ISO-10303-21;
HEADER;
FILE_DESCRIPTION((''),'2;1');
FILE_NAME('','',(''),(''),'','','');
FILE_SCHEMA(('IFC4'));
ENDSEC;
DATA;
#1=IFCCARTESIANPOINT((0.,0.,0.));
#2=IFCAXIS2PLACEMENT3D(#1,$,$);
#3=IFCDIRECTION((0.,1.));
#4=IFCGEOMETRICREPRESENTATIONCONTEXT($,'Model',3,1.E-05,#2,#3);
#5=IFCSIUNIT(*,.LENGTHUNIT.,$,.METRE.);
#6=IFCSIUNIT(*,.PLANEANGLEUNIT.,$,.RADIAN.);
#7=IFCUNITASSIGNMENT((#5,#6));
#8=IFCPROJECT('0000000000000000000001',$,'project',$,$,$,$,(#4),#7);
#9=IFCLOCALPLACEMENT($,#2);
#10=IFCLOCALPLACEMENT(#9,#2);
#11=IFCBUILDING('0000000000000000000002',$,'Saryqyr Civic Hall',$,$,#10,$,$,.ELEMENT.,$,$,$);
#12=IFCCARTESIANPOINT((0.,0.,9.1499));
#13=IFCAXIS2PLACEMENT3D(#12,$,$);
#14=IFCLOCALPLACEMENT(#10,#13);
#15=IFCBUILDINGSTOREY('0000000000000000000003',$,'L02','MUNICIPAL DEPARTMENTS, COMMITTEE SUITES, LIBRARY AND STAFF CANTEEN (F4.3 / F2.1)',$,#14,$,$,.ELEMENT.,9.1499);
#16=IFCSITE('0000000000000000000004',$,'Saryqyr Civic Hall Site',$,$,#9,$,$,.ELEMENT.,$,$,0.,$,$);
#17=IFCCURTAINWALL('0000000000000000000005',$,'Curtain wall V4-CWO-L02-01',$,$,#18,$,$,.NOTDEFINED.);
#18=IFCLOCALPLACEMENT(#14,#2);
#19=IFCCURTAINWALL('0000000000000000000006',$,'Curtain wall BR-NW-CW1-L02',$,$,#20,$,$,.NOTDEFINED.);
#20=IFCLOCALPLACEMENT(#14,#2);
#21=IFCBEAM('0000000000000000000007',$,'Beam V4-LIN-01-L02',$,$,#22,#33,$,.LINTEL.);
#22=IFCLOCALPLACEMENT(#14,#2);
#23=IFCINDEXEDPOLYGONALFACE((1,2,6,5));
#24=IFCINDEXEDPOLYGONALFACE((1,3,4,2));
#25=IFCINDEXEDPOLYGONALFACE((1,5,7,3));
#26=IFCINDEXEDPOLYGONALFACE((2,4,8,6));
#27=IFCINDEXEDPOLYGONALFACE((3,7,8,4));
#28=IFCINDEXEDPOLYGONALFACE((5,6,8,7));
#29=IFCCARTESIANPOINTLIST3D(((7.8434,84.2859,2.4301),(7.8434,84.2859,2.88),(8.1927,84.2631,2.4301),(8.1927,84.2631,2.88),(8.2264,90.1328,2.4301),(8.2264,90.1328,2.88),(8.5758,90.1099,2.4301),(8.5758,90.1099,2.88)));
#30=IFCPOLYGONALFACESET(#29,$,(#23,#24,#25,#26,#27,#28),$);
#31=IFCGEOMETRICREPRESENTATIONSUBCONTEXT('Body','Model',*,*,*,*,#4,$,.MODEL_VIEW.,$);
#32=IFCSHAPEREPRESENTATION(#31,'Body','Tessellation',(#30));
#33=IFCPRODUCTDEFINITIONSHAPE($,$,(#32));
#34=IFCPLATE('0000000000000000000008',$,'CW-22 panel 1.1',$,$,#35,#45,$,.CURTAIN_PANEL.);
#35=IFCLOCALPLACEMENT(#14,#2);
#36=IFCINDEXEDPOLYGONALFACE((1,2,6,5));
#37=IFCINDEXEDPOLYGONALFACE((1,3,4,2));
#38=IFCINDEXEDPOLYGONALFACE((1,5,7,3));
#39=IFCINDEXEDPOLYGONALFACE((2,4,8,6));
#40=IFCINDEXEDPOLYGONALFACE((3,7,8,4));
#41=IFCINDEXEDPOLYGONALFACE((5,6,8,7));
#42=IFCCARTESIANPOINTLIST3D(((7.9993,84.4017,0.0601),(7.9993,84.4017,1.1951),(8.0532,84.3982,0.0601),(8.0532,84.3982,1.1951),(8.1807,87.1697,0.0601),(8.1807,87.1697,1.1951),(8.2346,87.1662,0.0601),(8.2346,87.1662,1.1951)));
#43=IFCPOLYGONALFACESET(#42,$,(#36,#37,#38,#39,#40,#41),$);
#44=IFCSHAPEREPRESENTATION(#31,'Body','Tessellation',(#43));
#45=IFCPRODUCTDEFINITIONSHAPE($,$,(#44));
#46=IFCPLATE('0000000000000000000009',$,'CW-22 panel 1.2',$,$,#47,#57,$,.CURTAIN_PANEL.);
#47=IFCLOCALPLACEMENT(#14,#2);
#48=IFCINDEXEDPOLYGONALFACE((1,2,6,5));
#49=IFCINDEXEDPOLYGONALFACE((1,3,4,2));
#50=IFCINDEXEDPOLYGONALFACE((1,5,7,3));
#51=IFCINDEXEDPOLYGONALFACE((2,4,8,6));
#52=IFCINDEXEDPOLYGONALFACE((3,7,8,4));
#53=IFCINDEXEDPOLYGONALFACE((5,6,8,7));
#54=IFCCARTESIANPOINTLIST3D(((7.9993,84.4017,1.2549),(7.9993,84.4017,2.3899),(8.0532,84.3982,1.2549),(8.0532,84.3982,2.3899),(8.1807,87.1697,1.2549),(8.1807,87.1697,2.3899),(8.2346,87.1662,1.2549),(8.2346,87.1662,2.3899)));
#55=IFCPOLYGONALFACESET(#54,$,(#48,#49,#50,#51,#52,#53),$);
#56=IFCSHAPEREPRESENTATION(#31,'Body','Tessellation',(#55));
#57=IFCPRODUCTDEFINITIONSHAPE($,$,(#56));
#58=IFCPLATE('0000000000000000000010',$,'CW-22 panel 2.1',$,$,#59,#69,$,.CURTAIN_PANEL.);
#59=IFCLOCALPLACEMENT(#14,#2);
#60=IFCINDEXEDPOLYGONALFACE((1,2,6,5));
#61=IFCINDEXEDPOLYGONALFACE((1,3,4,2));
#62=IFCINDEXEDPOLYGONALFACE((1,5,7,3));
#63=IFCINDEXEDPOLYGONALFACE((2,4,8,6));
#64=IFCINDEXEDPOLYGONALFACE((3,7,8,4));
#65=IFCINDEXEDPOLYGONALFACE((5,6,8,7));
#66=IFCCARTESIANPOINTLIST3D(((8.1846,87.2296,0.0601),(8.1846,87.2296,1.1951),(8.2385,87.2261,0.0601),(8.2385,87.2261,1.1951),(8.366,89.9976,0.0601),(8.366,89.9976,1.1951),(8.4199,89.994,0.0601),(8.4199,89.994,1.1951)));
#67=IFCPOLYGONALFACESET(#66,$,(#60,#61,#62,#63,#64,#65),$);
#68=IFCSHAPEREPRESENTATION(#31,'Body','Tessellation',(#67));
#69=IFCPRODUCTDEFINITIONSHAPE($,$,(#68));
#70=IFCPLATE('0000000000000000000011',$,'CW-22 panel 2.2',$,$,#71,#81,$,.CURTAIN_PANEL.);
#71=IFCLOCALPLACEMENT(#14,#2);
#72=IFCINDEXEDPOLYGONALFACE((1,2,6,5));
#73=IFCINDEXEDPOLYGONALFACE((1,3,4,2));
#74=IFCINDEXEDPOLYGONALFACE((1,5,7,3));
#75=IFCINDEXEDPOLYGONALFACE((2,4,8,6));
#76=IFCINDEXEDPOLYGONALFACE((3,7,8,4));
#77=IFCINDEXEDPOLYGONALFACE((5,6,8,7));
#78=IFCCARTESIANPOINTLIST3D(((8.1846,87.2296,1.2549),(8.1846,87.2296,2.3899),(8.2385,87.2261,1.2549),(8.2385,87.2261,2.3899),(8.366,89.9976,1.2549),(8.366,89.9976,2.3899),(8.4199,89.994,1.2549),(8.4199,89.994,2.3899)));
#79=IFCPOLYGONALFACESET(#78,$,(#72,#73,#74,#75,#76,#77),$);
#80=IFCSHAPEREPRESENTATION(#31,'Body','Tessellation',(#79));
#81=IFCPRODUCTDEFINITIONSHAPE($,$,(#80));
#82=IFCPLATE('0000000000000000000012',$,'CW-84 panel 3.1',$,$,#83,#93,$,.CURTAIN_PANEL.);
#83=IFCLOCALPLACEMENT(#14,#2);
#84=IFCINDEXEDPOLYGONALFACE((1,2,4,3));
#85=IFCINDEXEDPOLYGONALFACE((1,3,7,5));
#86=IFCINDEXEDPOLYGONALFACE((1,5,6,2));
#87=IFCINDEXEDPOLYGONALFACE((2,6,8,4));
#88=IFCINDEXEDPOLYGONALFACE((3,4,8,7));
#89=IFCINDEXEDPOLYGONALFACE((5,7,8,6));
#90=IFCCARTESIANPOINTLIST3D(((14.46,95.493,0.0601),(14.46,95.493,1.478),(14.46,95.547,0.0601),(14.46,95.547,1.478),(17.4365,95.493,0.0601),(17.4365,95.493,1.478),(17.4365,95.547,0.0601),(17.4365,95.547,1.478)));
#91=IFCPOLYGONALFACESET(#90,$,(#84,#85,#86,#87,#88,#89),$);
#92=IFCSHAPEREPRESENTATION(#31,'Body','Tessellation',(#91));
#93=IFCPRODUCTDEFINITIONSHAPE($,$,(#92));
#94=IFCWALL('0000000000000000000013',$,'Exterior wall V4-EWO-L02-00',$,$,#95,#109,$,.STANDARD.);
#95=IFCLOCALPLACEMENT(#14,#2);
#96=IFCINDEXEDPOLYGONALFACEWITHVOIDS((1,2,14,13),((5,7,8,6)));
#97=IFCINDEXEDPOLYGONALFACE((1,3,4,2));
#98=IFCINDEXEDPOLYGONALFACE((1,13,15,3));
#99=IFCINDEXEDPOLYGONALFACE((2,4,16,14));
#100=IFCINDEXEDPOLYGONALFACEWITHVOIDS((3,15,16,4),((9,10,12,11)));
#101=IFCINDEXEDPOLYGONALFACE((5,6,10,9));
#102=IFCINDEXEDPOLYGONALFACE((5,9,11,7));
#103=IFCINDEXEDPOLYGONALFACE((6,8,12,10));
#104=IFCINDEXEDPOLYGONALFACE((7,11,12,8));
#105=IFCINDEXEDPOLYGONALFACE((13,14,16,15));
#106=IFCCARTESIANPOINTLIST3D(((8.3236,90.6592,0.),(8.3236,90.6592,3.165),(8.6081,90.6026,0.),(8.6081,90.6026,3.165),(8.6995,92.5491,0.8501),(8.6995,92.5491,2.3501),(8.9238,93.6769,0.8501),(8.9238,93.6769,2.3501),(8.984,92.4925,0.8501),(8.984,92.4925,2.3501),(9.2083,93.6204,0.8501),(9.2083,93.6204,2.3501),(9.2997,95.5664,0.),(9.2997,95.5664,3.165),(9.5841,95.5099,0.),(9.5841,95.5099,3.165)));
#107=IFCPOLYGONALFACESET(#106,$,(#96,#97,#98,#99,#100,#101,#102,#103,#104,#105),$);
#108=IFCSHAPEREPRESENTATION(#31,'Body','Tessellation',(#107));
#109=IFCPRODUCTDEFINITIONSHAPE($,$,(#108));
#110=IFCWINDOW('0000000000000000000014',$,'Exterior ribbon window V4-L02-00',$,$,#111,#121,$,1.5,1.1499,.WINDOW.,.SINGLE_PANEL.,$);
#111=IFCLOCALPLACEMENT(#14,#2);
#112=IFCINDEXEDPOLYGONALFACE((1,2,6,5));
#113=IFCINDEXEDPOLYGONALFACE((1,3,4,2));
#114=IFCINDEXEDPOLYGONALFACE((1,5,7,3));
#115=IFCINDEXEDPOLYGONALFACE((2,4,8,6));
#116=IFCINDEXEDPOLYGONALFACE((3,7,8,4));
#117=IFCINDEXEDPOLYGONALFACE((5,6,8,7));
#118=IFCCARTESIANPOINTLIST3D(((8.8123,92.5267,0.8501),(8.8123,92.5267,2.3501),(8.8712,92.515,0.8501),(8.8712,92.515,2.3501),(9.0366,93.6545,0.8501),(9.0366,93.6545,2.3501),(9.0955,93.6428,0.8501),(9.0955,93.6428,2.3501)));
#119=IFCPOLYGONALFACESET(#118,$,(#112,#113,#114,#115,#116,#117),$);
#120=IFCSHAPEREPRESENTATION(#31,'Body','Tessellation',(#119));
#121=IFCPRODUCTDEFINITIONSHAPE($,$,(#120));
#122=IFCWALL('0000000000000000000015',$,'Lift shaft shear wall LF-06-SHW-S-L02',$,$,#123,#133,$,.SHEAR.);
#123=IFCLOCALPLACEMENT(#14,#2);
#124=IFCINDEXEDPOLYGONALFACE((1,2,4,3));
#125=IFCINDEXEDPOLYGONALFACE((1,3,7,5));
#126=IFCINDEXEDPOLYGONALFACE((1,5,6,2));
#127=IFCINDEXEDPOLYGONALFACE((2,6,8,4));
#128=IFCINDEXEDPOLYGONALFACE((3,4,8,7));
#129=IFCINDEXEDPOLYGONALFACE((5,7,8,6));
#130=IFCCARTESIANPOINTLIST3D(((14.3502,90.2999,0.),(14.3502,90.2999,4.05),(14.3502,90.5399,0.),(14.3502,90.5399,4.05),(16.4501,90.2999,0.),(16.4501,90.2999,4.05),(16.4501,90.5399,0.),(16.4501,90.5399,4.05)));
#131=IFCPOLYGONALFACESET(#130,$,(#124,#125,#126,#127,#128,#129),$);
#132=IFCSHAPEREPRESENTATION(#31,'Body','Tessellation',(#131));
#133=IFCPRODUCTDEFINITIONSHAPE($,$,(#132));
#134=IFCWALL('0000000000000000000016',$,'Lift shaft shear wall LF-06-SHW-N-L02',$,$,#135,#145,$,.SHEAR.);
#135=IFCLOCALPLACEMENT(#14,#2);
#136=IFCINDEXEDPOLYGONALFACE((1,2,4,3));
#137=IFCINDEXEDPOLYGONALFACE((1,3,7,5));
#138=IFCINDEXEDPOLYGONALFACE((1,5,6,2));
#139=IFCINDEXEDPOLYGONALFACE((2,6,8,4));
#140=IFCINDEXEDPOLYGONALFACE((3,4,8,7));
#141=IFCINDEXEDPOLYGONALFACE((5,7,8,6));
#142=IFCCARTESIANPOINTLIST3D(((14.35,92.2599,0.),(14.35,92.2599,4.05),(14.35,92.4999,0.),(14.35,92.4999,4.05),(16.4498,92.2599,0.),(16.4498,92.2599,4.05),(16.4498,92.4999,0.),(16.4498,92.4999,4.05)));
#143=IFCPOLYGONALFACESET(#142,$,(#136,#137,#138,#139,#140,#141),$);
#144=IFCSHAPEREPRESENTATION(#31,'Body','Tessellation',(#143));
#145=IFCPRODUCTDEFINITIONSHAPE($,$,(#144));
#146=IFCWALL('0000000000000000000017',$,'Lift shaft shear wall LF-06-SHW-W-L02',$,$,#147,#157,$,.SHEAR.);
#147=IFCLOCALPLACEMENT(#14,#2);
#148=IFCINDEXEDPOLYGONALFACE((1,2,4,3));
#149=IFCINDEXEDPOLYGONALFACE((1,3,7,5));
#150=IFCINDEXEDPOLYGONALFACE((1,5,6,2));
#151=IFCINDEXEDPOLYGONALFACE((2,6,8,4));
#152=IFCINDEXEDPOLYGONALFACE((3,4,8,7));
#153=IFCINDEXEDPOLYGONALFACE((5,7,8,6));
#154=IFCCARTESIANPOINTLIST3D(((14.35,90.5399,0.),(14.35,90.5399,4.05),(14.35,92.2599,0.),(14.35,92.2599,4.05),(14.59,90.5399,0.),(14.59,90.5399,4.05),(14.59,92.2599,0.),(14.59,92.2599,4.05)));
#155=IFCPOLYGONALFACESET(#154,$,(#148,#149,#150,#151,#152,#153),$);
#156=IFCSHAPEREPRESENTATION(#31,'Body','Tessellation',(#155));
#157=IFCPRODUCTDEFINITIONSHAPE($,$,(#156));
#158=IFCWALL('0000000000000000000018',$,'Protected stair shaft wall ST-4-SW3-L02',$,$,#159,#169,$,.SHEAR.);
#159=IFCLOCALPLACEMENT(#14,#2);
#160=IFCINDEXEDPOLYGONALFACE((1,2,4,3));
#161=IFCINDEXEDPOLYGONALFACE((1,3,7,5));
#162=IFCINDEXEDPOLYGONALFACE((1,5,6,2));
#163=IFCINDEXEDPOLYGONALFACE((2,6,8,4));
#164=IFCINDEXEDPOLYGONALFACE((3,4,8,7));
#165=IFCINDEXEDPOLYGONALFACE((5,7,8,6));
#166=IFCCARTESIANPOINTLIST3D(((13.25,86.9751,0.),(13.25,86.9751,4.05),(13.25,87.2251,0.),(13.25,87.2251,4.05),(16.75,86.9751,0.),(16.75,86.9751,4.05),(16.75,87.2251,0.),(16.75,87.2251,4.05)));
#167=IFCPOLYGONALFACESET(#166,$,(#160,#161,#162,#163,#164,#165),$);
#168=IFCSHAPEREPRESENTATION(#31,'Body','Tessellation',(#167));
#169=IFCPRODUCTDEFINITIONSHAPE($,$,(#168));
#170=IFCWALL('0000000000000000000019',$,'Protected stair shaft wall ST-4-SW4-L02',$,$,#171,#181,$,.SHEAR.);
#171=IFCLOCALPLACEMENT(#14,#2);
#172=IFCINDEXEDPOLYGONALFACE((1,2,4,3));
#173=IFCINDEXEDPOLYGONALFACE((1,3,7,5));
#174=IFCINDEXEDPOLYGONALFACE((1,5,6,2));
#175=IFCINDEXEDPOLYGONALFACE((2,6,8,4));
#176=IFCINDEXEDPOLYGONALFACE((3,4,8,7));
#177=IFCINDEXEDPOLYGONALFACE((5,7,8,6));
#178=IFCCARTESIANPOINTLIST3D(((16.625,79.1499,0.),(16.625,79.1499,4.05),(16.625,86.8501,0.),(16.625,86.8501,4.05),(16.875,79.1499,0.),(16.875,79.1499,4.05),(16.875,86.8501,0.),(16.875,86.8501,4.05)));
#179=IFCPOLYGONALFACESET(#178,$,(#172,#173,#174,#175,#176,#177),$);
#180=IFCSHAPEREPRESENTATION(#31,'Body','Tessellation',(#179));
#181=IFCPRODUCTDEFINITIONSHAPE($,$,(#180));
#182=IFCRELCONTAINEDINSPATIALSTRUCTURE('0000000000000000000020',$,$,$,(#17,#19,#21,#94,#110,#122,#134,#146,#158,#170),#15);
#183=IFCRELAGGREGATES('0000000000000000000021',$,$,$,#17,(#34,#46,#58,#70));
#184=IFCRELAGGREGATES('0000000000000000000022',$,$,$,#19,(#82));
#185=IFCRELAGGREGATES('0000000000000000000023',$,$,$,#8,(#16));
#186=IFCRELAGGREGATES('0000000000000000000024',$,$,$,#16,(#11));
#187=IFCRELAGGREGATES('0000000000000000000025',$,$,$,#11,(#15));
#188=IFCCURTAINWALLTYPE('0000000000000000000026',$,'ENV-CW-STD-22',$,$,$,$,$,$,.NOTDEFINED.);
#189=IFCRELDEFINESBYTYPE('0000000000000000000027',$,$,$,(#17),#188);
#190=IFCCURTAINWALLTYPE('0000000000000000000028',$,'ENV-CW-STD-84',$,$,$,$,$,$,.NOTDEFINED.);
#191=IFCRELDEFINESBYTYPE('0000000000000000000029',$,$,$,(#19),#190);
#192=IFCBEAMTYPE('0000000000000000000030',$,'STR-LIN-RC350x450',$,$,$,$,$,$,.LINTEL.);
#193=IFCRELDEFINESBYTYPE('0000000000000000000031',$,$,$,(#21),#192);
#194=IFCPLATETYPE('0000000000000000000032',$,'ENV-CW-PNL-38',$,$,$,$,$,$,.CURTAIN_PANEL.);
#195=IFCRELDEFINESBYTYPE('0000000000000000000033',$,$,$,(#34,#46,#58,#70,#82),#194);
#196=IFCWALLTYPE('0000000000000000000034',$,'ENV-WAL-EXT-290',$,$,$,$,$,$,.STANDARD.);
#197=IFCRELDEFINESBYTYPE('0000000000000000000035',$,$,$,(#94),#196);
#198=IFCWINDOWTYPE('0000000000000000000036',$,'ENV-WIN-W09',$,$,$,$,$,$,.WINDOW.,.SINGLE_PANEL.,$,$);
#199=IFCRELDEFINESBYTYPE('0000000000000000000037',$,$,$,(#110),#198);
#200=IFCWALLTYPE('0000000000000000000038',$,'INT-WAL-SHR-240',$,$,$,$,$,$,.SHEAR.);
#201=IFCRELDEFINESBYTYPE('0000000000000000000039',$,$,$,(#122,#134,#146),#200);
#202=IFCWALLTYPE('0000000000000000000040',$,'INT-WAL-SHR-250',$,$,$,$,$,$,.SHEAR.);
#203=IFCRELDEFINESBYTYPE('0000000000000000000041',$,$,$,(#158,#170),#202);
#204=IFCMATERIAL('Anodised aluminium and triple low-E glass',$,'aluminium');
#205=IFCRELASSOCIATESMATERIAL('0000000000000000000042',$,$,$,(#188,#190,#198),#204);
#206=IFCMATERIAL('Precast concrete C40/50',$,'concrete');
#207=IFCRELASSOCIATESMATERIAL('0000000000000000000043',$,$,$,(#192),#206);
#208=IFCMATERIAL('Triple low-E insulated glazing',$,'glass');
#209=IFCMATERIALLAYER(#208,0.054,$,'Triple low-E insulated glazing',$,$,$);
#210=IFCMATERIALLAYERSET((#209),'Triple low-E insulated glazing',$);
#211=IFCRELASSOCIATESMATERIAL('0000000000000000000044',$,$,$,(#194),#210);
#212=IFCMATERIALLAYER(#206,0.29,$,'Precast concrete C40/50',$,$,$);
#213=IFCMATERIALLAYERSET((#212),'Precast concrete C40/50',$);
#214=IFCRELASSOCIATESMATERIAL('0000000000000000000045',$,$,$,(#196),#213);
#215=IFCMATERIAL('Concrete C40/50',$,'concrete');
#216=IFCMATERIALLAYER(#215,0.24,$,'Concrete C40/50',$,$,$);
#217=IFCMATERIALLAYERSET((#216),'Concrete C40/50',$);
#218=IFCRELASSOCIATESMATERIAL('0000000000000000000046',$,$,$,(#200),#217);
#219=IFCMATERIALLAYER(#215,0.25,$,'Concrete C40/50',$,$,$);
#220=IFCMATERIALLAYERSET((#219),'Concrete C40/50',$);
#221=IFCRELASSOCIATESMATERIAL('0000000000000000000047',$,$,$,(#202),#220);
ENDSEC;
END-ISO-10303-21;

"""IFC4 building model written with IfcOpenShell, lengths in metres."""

from ifc_helpers import new_model, si_unit, direction, frame, frame_2d, origin, origin_2d, place, context, subcontext, project, spatial, rectangle, extrude, material, layer, layer_set, material_profile, profile_set, type_object, element, fill, aggregate, save


model = new_model("IFC4")

# Units and contexts
model_context = context("Model", 3, precision=1e-05, world=origin(), true_north=direction((0.0, 1.0)))
body_context = subcontext(model_context, "Body", "Model", "MODEL_VIEW")
ifc_project = project(units=[si_unit("LENGTHUNIT", "METRE"), si_unit("PLANEANGLEUNIT", "RADIAN")], contexts=[model_context])

# Site, building, storey
site_placement = place(None, origin())
site = spatial("IfcSite", under=ifc_project, at=site_placement, Name="Saryqyr Civic Hall Site", CompositionType="ELEMENT", RefElevation=0.0)
building_placement = place(site_placement, origin())
building = spatial("IfcBuilding", under=site, at=building_placement, Name="Saryqyr Civic Hall", CompositionType="ELEMENT")
storey_placement = place(building_placement, frame((0.0, 0.0, 9.1499)))
storey = spatial("IfcBuildingStorey", under=building, at=storey_placement, Name="L02", Description="MUNICIPAL DEPARTMENTS, COMMITTEE SUITES, LIBRARY AND STAFF CANTEEN (F4.3 / F2.1)", CompositionType="ELEMENT", Elevation=9.1499)

# Shared definitions
ifc_material_1 = material(Name="Concrete C40/50", Category="concrete")

# Curtain wall
ifc_material_2 = material(Name="Anodised aluminium and triple low-E glass", Category="aluminium")
curtain_wall_type_1 = type_object("IfcCurtainWallType", Name="ENV-CW-STD-22", PredefinedType="NOTDEFINED", material=ifc_material_2)
curtain_wall_1_placement = place(storey_placement, origin())
curtain_wall_1 = element("IfcCurtainWall", 1, at=curtain_wall_1_placement, inside=storey, type_object=curtain_wall_type_1, Name="Curtain wall V4-CWO-L02-01", PredefinedType="NOTDEFINED")

# Curtain wall
curtain_wall_type_2 = type_object("IfcCurtainWallType", Name="ENV-CW-STD-84", PredefinedType="NOTDEFINED", material=ifc_material_2)
curtain_wall_2_placement = place(storey_placement, origin())
curtain_wall_2 = element("IfcCurtainWall", 2, at=curtain_wall_2_placement, inside=storey, type_object=curtain_wall_type_2, Name="Curtain wall BR-NW-CW1-L02", PredefinedType="NOTDEFINED")

# Beam
ifc_material_3 = material(Name="Precast concrete C40/50", Category="concrete")
ifc_material_profile_1 = material_profile(ifc_material_3, rectangle(XDim=0.3501, YDim=0.45, at=origin_2d()), Name="RC 350x450")
ifc_profile_set_1 = profile_set([ifc_material_profile_1], Name="Precast concrete C40/50")
beam_type_1 = type_object("IfcBeamType", Name="STR-LIN-RC350x450", PredefinedType="LINTEL", material=ifc_profile_set_1)
beam_1_placement = place(storey_placement, frame((8.4011, 90.1213, 2.655), z_axis=(-0.065374, -0.997861, 0.0), x_axis=(0.997861, -0.065374, 0.0)))
element("IfcBeam", 3, at=beam_1_placement, inside=storey, type_object=beam_type_1, Name="Beam V4-LIN-01-L02", PredefinedType="LINTEL", context=body_context, shape_type="SweptSolid", body=[
    extrude(rectangle(XDim=0.3501, YDim=0.45, at=origin_2d()), origin(), (0.0, 0.0, 1.0), 5.8594),
])

# Plates
ifc_material_4 = material(Name="Triple low-E insulated glazing", Category="glass")
ifc_layer_1 = layer(ifc_material_4, 0.054, Name="Triple low-E insulated glazing")
ifc_layer_set_1 = layer_set([ifc_layer_1], Name="Triple low-E insulated glazing")
plate_type = type_object("IfcPlateType", Name="ENV-CW-PNL-38", PredefinedType="CURTAIN_PANEL", material=ifc_layer_set_1)
plate_1_placement = place(storey_placement, frame((8.1169, 85.7839, 0.0601), z_axis=(0.0, 0.0, 1.0), x_axis=(0.065397, 0.997859, 0.0)))
plate_1 = element("IfcPlate", 4, at=plate_1_placement, type_object=plate_type, Name="CW-22 panel 1.1", PredefinedType="CURTAIN_PANEL", context=body_context, shape_type="SweptSolid", body=[
    extrude(rectangle(XDim=2.7739, YDim=0.054, at=origin_2d()), origin(), (0.0, 0.0, 1.0), 1.135),
])
plate_2_placement = place(storey_placement, frame((8.1169, 85.7839, 1.2549), z_axis=(0.0, 0.0, 1.0), x_axis=(0.065397, 0.997859, 0.0)))
plate_2 = element("IfcPlate", 5, at=plate_2_placement, type_object=plate_type, Name="CW-22 panel 1.2", PredefinedType="CURTAIN_PANEL", context=body_context, shape_type="SweptSolid", body=[
    extrude(rectangle(XDim=2.7739, YDim=0.054, at=origin_2d()), origin(), (0.0, 0.0, 1.0), 1.135),
])
plate_3_placement = place(storey_placement, frame((8.3022, 88.6118, 0.0601), z_axis=(0.0, 0.0, 1.0), x_axis=(0.065397, 0.997859, 0.0)))
plate_3 = element("IfcPlate", 6, at=plate_3_placement, type_object=plate_type, Name="CW-22 panel 2.1", PredefinedType="CURTAIN_PANEL", context=body_context, shape_type="SweptSolid", body=[
    extrude(rectangle(XDim=2.7739, YDim=0.054, at=origin_2d()), origin(), (0.0, 0.0, 1.0), 1.135),
])
plate_4_placement = place(storey_placement, frame((8.3022, 88.6118, 1.2549), z_axis=(0.0, 0.0, 1.0), x_axis=(0.065397, 0.997859, 0.0)))
plate_4 = element("IfcPlate", 7, at=plate_4_placement, type_object=plate_type, Name="CW-22 panel 2.2", PredefinedType="CURTAIN_PANEL", context=body_context, shape_type="SweptSolid", body=[
    extrude(rectangle(XDim=2.7739, YDim=0.054, at=origin_2d()), origin(), (0.0, 0.0, 1.0), 1.135),
])
aggregate(curtain_wall_1, [plate_1, plate_2, plate_3, plate_4])
plate_5_placement = place(storey_placement, frame((15.9482, 95.52, 0.0601), z_axis=(0.0, 0.0, 1.0), x_axis=(-1.0, 0.0, 0.0)))
plate_5 = element("IfcPlate", 8, at=plate_5_placement, type_object=plate_type, Name="CW-84 panel 3.1", PredefinedType="CURTAIN_PANEL", context=body_context, shape_type="SweptSolid", body=[
    extrude(rectangle(XDim=2.9766, YDim=0.054, at=origin_2d()), origin(), (0.0, 0.0, 1.0), 1.418),
])
aggregate(curtain_wall_2, [plate_5])

# Wall, opening, window
ifc_layer_2 = layer(ifc_material_3, 0.29, Name="Precast concrete C40/50")
ifc_layer_set_2 = layer_set([ifc_layer_2], Name="Precast concrete C40/50")
wall_type_1 = type_object("IfcWallType", Name="ENV-WAL-EXT-290", PredefinedType="STANDARD", material=ifc_layer_set_2)
wall_1_placement = place(storey_placement, frame((8.4658, 90.6309, 0.0), z_axis=(0.0, 0.0, 1.0), x_axis=(0.195084, 0.980787, 0.0)))
wall_1 = element("IfcWall", 9, at=wall_1_placement, inside=storey, type_object=wall_type_1, Name="Exterior wall V4-EWO-L02-00", PredefinedType="STANDARD", context=body_context, shape_type="SweptSolid", body=[
    extrude(rectangle(XDim=5.0034, YDim=0.29, at=frame_2d((2.5017, 0.0))), origin(), (0.0, 0.0, 1.0), 3.165),
])
opening_1_placement = place(wall_1_placement, frame((1.927, 0.0, 0.8501)))
opening_1 = element("IfcOpeningElement", 10, at=opening_1_placement, cuts=wall_1, PredefinedType="OPENING", context=body_context, shape_type="SweptSolid", body=[
    extrude(rectangle(XDim=1.1499, YDim=1.5, at=frame_2d((0.575, 0.75))), frame((0.0, 0.155, 0.0), z_axis=(0.0, -1.0, 0.0), x_axis=(1.0, 0.0, 0.0)), (0.0, 0.0, 1.0), 0.3101),
])
window_type = type_object("IfcWindowType", Name="ENV-WIN-W09", PartitioningType="SINGLE_PANEL", PredefinedType="WINDOW", material=ifc_material_2)
window_placement = place(opening_1_placement, origin())
window = element("IfcWindow", 11, at=window_placement, inside=storey, type_object=window_type, Name="Exterior ribbon window V4-L02-00", OverallHeight=1.5, OverallWidth=1.1499, PartitioningType="SINGLE_PANEL", PredefinedType="WINDOW", context=body_context, shape_type="SweptSolid", body=[
    extrude(rectangle(XDim=1.1499, YDim=1.5, at=frame_2d((0.575, 0.75))), frame((0.0, 0.03, 0.0), z_axis=(0.0, -1.0, 0.0), x_axis=(1.0, 0.0, 0.0)), (0.0, 0.0, 1.0), 0.0601),
])
fill(opening_1, window)

# Wall
ifc_layer_3 = layer(ifc_material_1, 0.24, Name="Concrete C40/50")
ifc_layer_set_3 = layer_set([ifc_layer_3], Name="Concrete C40/50")
wall_type_2 = type_object("IfcWallType", Name="INT-WAL-SHR-240", PredefinedType="SHEAR", material=ifc_layer_set_3)
wall_2_placement = place(storey_placement, frame((16.45, 90.4199, 0.0), z_axis=(0.0, 0.0, 1.0), x_axis=(-1.0, 0.0, 0.0)))
element("IfcWall", 12, at=wall_2_placement, inside=storey, type_object=wall_type_2, Name="Lift shaft shear wall LF-06-SHW-S-L02", PredefinedType="SHEAR", context=body_context, shape_type="SweptSolid", body=[
    extrude(rectangle(XDim=2.0999, YDim=0.24, at=frame_2d((1.0498, 0.0))), origin(), (0.0, 0.0, 1.0), 4.05),
])

# Walls
wall_3_placement = place(storey_placement, frame((14.3501, 92.3799, 0.0), z_axis=(0.0, 0.0, 1.0), x_axis=(1.0, 0.0, 0.0)))
element("IfcWall", 13, at=wall_3_placement, inside=storey, type_object=wall_type_2, Name="Lift shaft shear wall LF-06-SHW-N-L02", PredefinedType="SHEAR", context=body_context, shape_type="SweptSolid", body=[
    extrude(rectangle(XDim=2.0999, YDim=0.24, at=frame_2d((1.0498, 0.0))), origin(), (0.0, 0.0, 1.0), 4.05),
])
wall_4_placement = place(storey_placement, frame((14.47, 90.54, 0.0), z_axis=(0.0, 0.0, 1.0), x_axis=(0.0, 1.0, 0.0)))
element("IfcWall", 14, at=wall_4_placement, inside=storey, type_object=wall_type_2, Name="Lift shaft shear wall LF-06-SHW-W-L02", PredefinedType="SHEAR", context=body_context, shape_type="SweptSolid", body=[
    extrude(rectangle(XDim=1.72, YDim=0.24, at=frame_2d((0.8599, 0.0))), origin(), (0.0, 0.0, 1.0), 4.05),
])
ifc_layer_4 = layer(ifc_material_1, 0.25, Name="Concrete C40/50")
ifc_layer_set_4 = layer_set([ifc_layer_4], Name="Concrete C40/50")
wall_type_3 = type_object("IfcWallType", Name="INT-WAL-SHR-250", PredefinedType="SHEAR", material=ifc_layer_set_4)
wall_5_placement = place(storey_placement, frame((13.25, 87.1001, 0.0), z_axis=(0.0, 0.0, 1.0), x_axis=(1.0, 0.0, 0.0)))
element("IfcWall", 15, at=wall_5_placement, inside=storey, type_object=wall_type_3, Name="Protected stair shaft wall ST-4-SW3-L02", PredefinedType="SHEAR", context=body_context, shape_type="SweptSolid", body=[
    extrude(rectangle(XDim=3.5, YDim=0.25, at=frame_2d((1.75, 0.0))), origin(), (0.0, 0.0, 1.0), 4.05),
])
wall_6_placement = place(storey_placement, frame((16.75, 86.8501, 0.0), z_axis=(0.0, 0.0, 1.0), x_axis=(0.0, -1.0, 0.0)))
element("IfcWall", 16, at=wall_6_placement, inside=storey, type_object=wall_type_3, Name="Protected stair shaft wall ST-4-SW4-L02", PredefinedType="SHEAR", context=body_context, shape_type="SweptSolid", body=[
    extrude(rectangle(XDim=7.7002, YDim=0.25, at=frame_2d((3.8501, 0.0))), origin(), (0.0, 0.0, 1.0), 4.05),
])

save(model, "model.ifc")
